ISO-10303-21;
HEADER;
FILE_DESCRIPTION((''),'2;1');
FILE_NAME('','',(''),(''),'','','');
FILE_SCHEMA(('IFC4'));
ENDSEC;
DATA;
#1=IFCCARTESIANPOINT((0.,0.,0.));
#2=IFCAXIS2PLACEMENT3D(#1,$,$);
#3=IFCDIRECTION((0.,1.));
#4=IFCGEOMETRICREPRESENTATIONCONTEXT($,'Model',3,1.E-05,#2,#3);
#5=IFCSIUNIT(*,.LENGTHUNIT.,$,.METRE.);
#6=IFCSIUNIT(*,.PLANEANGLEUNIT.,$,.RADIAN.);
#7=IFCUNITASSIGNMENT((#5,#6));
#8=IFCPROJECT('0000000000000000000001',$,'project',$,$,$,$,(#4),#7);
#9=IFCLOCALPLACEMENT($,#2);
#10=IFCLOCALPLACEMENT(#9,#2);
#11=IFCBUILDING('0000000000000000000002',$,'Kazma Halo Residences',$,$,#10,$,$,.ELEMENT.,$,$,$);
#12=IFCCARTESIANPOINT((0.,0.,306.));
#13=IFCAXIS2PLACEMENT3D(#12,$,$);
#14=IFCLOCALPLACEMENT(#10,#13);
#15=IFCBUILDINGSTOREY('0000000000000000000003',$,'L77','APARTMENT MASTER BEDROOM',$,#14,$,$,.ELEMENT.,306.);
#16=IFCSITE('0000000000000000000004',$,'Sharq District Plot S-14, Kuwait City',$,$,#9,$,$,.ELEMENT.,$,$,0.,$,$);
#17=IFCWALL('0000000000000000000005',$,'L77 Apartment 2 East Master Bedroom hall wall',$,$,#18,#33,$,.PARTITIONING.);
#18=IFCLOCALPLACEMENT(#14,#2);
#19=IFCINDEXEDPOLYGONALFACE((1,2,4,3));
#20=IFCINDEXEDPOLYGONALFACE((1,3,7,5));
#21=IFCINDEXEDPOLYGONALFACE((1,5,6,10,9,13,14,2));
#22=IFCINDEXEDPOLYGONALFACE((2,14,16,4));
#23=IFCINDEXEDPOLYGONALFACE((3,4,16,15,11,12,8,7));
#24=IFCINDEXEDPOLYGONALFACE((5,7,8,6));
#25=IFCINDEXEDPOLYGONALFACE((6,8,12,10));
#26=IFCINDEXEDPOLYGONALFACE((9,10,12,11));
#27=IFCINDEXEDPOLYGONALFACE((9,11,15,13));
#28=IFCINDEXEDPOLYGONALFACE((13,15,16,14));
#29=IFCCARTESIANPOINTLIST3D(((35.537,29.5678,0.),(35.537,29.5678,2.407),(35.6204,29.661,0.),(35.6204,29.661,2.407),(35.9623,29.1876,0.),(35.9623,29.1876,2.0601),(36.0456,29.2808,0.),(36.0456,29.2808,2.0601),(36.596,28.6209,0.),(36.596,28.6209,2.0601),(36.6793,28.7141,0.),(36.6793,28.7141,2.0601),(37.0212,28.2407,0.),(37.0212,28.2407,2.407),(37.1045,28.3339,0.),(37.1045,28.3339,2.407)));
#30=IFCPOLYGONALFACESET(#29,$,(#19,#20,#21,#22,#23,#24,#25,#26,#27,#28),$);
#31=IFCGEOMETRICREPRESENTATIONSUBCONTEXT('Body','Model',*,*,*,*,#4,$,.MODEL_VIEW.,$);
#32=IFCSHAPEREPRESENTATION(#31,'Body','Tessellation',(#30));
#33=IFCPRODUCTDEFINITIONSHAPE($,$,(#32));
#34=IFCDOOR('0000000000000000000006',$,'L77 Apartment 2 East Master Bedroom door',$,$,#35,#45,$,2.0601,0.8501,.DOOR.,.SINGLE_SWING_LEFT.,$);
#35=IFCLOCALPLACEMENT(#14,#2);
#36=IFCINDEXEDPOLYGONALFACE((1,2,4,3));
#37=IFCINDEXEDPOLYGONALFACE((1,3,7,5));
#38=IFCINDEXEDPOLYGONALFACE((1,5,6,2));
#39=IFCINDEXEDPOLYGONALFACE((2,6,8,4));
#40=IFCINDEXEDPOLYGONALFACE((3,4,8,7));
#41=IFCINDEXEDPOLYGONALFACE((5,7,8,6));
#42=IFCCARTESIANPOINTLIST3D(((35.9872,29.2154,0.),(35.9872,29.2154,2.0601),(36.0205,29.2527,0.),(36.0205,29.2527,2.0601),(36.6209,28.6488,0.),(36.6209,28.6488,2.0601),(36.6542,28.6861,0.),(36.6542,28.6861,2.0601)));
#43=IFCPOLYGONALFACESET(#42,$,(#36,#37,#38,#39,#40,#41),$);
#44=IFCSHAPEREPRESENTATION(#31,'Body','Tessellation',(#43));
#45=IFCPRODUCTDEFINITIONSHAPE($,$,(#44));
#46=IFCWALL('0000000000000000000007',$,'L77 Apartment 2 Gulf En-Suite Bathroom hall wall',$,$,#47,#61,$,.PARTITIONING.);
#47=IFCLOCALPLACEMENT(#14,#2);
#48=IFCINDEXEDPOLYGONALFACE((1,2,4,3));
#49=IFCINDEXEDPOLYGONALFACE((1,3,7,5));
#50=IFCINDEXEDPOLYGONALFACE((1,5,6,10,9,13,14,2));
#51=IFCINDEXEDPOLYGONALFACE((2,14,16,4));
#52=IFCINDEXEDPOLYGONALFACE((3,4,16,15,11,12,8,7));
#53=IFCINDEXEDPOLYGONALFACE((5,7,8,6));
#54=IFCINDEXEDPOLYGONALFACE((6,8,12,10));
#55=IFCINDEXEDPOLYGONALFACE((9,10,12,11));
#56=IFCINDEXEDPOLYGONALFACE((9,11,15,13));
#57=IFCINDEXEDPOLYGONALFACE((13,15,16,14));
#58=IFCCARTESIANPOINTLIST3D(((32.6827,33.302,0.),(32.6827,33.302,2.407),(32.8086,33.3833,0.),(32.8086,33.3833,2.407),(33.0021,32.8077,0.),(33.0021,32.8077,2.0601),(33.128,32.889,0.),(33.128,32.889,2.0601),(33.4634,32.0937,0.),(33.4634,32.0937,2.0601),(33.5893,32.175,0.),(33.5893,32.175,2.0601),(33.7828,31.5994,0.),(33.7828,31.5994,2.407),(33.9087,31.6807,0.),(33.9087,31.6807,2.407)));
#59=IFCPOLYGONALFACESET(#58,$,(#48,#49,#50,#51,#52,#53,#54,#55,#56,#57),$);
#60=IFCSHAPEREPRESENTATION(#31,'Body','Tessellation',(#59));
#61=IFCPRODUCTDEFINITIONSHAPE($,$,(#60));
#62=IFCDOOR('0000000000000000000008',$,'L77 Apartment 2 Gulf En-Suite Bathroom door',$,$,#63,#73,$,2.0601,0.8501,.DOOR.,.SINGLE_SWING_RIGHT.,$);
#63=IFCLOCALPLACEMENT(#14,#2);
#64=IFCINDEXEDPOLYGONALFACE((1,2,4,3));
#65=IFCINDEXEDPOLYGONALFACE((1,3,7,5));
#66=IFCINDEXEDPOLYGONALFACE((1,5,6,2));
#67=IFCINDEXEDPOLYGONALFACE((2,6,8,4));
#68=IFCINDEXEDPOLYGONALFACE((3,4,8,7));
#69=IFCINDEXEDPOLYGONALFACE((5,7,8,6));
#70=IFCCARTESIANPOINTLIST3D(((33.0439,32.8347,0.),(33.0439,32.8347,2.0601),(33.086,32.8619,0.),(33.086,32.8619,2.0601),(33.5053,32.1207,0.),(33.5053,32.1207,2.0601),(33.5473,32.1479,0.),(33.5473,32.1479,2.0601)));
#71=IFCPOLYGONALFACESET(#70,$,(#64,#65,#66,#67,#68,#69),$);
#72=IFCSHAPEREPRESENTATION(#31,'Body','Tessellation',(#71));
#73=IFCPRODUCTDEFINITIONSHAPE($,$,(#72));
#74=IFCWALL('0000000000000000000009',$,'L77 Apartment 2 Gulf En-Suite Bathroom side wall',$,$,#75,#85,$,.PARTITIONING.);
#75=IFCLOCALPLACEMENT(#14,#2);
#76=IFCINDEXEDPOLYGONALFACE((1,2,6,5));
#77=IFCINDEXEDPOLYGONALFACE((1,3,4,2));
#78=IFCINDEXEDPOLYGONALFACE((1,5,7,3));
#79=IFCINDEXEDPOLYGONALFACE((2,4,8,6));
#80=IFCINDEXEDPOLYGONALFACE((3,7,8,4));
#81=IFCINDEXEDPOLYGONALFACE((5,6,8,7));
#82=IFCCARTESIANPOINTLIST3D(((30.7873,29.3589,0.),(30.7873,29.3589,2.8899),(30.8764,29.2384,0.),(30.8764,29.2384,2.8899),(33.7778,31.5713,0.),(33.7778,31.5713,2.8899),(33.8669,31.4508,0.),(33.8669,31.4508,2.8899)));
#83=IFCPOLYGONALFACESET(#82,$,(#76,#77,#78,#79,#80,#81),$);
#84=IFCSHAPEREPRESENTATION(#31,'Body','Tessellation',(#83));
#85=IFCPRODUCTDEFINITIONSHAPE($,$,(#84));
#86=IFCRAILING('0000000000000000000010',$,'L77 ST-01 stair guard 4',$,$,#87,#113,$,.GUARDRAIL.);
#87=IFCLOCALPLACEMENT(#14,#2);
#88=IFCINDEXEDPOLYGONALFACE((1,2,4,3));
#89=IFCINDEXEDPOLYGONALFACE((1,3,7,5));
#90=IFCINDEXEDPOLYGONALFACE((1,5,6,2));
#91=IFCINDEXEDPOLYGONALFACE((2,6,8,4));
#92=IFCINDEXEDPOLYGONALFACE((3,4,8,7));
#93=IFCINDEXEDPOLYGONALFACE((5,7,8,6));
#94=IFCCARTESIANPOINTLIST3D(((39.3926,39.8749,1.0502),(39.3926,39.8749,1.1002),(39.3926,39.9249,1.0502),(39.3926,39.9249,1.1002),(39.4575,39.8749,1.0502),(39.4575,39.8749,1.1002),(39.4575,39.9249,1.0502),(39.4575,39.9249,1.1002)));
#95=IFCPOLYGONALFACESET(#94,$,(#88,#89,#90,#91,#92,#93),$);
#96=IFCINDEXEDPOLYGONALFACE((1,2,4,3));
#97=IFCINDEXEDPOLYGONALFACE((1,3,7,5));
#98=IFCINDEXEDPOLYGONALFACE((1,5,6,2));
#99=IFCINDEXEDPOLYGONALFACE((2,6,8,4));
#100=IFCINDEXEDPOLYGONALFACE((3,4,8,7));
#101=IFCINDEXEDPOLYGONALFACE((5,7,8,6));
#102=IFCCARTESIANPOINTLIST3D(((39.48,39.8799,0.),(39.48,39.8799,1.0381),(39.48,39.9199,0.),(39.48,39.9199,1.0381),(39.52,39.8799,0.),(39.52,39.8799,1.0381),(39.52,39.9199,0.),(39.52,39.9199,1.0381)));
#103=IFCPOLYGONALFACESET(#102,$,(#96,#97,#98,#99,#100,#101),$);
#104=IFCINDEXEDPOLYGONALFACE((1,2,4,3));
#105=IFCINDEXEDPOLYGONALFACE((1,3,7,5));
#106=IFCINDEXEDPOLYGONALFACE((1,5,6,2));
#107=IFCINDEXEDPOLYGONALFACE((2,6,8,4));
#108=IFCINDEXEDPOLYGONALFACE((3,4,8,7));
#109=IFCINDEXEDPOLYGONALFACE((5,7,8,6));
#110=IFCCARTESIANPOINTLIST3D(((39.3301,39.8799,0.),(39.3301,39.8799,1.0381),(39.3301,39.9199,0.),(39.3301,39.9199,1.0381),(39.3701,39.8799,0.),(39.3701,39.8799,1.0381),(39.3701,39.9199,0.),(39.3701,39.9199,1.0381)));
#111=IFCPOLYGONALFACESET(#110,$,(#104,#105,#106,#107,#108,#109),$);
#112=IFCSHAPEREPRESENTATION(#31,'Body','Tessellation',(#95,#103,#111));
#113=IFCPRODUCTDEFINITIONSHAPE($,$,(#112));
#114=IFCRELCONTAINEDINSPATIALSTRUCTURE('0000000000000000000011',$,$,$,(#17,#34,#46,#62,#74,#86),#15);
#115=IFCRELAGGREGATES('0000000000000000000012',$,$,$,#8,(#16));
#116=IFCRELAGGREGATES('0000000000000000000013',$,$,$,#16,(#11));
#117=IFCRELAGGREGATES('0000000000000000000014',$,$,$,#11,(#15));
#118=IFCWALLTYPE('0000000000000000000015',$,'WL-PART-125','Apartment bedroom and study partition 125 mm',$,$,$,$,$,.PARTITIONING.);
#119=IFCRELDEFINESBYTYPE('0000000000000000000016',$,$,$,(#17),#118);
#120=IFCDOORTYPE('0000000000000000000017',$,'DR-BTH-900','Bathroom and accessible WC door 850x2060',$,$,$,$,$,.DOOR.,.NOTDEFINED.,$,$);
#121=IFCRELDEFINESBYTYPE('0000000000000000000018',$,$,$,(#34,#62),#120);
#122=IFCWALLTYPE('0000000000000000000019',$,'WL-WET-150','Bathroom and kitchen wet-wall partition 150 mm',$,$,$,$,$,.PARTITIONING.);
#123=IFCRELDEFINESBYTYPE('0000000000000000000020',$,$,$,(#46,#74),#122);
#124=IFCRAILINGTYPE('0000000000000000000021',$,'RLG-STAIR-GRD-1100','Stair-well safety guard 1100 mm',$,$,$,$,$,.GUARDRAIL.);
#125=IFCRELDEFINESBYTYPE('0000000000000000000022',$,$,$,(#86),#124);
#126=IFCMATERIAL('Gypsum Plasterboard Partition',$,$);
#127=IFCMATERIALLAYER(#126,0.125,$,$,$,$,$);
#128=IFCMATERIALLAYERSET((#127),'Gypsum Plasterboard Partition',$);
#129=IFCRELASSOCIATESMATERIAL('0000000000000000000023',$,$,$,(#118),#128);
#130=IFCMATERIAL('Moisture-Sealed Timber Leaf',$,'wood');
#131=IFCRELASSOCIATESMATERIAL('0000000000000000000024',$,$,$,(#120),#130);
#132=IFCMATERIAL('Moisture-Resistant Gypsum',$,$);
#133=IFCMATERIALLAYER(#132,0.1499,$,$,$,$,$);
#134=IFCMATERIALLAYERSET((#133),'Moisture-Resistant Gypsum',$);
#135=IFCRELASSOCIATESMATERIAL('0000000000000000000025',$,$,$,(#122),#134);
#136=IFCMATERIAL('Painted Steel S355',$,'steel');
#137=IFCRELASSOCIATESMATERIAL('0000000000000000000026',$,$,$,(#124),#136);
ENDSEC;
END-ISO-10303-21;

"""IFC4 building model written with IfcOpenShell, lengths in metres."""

from ifc_helpers import new_model, si_unit, direction, frame, frame_2d, origin, origin_2d, place, context, subcontext, project, spatial, rectangle, extrude, material, layer, layer_set, type_object, element, fill, save


model = new_model("IFC4")

# Units and contexts
model_context = context("Model", 3, precision=1e-05, world=origin(), true_north=direction((0.0, 1.0)))
body_context = subcontext(model_context, "Body", "Model", "MODEL_VIEW")
ifc_project = project(units=[si_unit("LENGTHUNIT", "METRE"), si_unit("PLANEANGLEUNIT", "RADIAN")], contexts=[model_context])

# Site, building, storey
site_placement = place(None, origin())
site = spatial("IfcSite", under=ifc_project, at=site_placement, Name="Sharq District Plot S-14, Kuwait City", CompositionType="ELEMENT", RefElevation=0.0)
building_placement = place(site_placement, origin())
building = spatial("IfcBuilding", under=site, at=building_placement, Name="Kazma Halo Residences", CompositionType="ELEMENT")
storey_placement = place(building_placement, frame((0.0, 0.0, 306.0)))
storey = spatial("IfcBuildingStorey", under=building, at=storey_placement, Name="L77", Description="APARTMENT MASTER BEDROOM", CompositionType="ELEMENT", Elevation=306.0)

# Shared definitions
ifc_material_1 = material(Name="Gypsum Plasterboard Partition")
ifc_layer_1 = layer(ifc_material_1, 0.125)
ifc_layer_set_1 = layer_set([ifc_layer_1], Name="Gypsum Plasterboard Partition")
wall_type_1 = type_object("IfcWallType", Name="WL-PART-125", Description="Apartment bedroom and study partition 125 mm", PredefinedType="PARTITIONING", material=ifc_layer_set_1)

# Walls, openings, doors
ifc_material_2 = material(Name="Moisture-Sealed Timber Leaf", Category="wood")
door_type_1 = type_object("IfcDoorType", Name="DR-BTH-900", Description="Bathroom and accessible WC door 850x2060", OperationType="NOTDEFINED", PredefinedType="DOOR", material=ifc_material_2)
wall_1_placement = place(storey_placement, frame((35.5786, 29.6145, 0.0), z_axis=(0.0, 0.0, 1.0), x_axis=(0.745431, -0.666583, 0.0)))
wall_1 = element("IfcWall", 1, at=wall_1_placement, inside=storey, type_object=wall_type_1, Name="L77 Apartment 2 East Master Bedroom hall wall", PredefinedType="PARTITIONING", context=body_context, shape_type="SweptSolid", body=[
    extrude(rectangle(XDim=1.991, YDim=0.125, at=frame_2d((0.9956, 0.0))), origin(), (0.0, 0.0, 1.0), 2.407),
])
opening_1_placement = place(wall_1_placement, frame((0.5706, 0.0, 0.0)))
opening_1 = element("IfcOpeningElement", 2, at=opening_1_placement, cuts=wall_1, PredefinedType="OPENING", context=body_context, shape_type="SweptSolid", body=[
    extrude(rectangle(XDim=0.8501, YDim=2.0601, at=frame_2d((0.425, 1.03))), frame((0.0, 0.0725, 0.0), z_axis=(0.0, -1.0, 0.0), x_axis=(1.0, 0.0, 0.0)), (0.0, 0.0, 1.0), 0.145),
])
door_1_placement = place(opening_1_placement, origin())
door_1 = element("IfcDoor", 3, at=door_1_placement, inside=storey, type_object=door_type_1, Name="L77 Apartment 2 East Master Bedroom door", OperationType="SINGLE_SWING_LEFT", OverallHeight=2.0601, OverallWidth=0.8501, PredefinedType="DOOR", context=body_context, shape_type="SweptSolid", body=[
    extrude(rectangle(XDim=0.8501, YDim=2.0601, at=frame_2d((0.425, 1.03))), frame((0.0, 0.0249, 0.0), z_axis=(0.0, -1.0, 0.0), x_axis=(1.0, 0.0, 0.0)), (0.0, 0.0, 1.0), 0.05),
])
fill(opening_1, door_1)
ifc_material_3 = material(Name="Moisture-Resistant Gypsum")
ifc_layer_2 = layer(ifc_material_3, 0.1499)
ifc_layer_set_2 = layer_set([ifc_layer_2], Name="Moisture-Resistant Gypsum")
wall_type_2 = type_object("IfcWallType", Name="WL-WET-150", Description="Bathroom and kitchen wet-wall partition 150 mm", PredefinedType="PARTITIONING", material=ifc_layer_set_2)
wall_2_placement = place(storey_placement, frame((32.7456, 33.3428, 0.0), z_axis=(0.0, 0.0, 1.0), x_axis=(0.542692, -0.839932, 0.0)))
wall_2 = element("IfcWall", 4, at=wall_2_placement, inside=storey, type_object=wall_type_2, Name="L77 Apartment 2 Gulf En-Suite Bathroom hall wall", PredefinedType="PARTITIONING", context=body_context, shape_type="SweptSolid", body=[
    extrude(rectangle(XDim=2.0271, YDim=0.1499, at=frame_2d((1.0137, 0.0))), origin(), (0.0, 0.0, 1.0), 2.407),
])
opening_2_placement = place(wall_2_placement, frame((0.5886, 0.0, 0.0)))
opening_2 = element("IfcOpeningElement", 5, at=opening_2_placement, cuts=wall_2, PredefinedType="OPENING", context=body_context, shape_type="SweptSolid", body=[
    extrude(rectangle(XDim=0.8501, YDim=2.0601, at=frame_2d((0.425, 1.03))), frame((0.0, 0.085, 0.0), z_axis=(0.0, -1.0, 0.0), x_axis=(1.0, 0.0, 0.0)), (0.0, 0.0, 1.0), 0.1699),
])
door_2_placement = place(opening_2_placement, origin())
door_2 = element("IfcDoor", 6, at=door_2_placement, inside=storey, type_object=door_type_1, Name="L77 Apartment 2 Gulf En-Suite Bathroom door", OperationType="SINGLE_SWING_RIGHT", OverallHeight=2.0601, OverallWidth=0.8501, PredefinedType="DOOR", context=body_context, shape_type="SweptSolid", body=[
    extrude(rectangle(XDim=0.8501, YDim=2.0601, at=frame_2d((0.425, 1.03))), frame((0.0, 0.0249, 0.0), z_axis=(0.0, -1.0, 0.0), x_axis=(1.0, 0.0, 0.0)), (0.0, 0.0, 1.0), 0.05),
])
fill(opening_2, door_2)

# Wall
wall_3_placement = place(storey_placement, frame((33.8223, 31.511, 0.0), z_axis=(0.0, 0.0, 1.0), x_axis=(-0.803913, -0.594747, 0.0)))
element("IfcWall", 7, at=wall_3_placement, inside=storey, type_object=wall_type_2, Name="L77 Apartment 2 Gulf En-Suite Bathroom side wall", PredefinedType="PARTITIONING", context=body_context, shape_type="SweptSolid", body=[
    extrude(rectangle(XDim=3.72, YDim=0.1499, at=frame_2d((1.8599, 0.0))), origin(), (0.0, 0.0, 1.0), 2.8899),
])

# Railing
ifc_material_4 = material(Name="Painted Steel S355", Category="steel")
railing_type = type_object("IfcRailingType", Name="RLG-STAIR-GRD-1100", Description="Stair-well safety guard 1100 mm", PredefinedType="GUARDRAIL", material=ifc_material_4)
railing_placement = place(storey_placement, frame((39.5, 39.8999, 0.0)))
element("IfcRailing", 8, at=railing_placement, inside=storey, type_object=railing_type, Name="L77 ST-01 stair guard 4", PredefinedType="GUARDRAIL", context=body_context, shape_type="SweptSolid", body=[
    extrude(rectangle(XDim=0.05, YDim=0.05, at=origin_2d()), frame((-0.0425, 0.0, 1.0752), z_axis=(-1.0, 0.0, 0.0), x_axis=(0.0, -1.0, 0.0)), (0.0, 0.0, 1.0), 0.0649),
    extrude(rectangle(XDim=0.04, YDim=0.04, at=origin_2d()), origin(), (0.0, 0.0, 1.0), 1.0381),
    extrude(rectangle(XDim=0.04, YDim=0.04, at=origin_2d()), frame((-0.1499, 0.0, 0.0)), (0.0, 0.0, 1.0), 1.0381),
])

save(model, "model.ifc")
